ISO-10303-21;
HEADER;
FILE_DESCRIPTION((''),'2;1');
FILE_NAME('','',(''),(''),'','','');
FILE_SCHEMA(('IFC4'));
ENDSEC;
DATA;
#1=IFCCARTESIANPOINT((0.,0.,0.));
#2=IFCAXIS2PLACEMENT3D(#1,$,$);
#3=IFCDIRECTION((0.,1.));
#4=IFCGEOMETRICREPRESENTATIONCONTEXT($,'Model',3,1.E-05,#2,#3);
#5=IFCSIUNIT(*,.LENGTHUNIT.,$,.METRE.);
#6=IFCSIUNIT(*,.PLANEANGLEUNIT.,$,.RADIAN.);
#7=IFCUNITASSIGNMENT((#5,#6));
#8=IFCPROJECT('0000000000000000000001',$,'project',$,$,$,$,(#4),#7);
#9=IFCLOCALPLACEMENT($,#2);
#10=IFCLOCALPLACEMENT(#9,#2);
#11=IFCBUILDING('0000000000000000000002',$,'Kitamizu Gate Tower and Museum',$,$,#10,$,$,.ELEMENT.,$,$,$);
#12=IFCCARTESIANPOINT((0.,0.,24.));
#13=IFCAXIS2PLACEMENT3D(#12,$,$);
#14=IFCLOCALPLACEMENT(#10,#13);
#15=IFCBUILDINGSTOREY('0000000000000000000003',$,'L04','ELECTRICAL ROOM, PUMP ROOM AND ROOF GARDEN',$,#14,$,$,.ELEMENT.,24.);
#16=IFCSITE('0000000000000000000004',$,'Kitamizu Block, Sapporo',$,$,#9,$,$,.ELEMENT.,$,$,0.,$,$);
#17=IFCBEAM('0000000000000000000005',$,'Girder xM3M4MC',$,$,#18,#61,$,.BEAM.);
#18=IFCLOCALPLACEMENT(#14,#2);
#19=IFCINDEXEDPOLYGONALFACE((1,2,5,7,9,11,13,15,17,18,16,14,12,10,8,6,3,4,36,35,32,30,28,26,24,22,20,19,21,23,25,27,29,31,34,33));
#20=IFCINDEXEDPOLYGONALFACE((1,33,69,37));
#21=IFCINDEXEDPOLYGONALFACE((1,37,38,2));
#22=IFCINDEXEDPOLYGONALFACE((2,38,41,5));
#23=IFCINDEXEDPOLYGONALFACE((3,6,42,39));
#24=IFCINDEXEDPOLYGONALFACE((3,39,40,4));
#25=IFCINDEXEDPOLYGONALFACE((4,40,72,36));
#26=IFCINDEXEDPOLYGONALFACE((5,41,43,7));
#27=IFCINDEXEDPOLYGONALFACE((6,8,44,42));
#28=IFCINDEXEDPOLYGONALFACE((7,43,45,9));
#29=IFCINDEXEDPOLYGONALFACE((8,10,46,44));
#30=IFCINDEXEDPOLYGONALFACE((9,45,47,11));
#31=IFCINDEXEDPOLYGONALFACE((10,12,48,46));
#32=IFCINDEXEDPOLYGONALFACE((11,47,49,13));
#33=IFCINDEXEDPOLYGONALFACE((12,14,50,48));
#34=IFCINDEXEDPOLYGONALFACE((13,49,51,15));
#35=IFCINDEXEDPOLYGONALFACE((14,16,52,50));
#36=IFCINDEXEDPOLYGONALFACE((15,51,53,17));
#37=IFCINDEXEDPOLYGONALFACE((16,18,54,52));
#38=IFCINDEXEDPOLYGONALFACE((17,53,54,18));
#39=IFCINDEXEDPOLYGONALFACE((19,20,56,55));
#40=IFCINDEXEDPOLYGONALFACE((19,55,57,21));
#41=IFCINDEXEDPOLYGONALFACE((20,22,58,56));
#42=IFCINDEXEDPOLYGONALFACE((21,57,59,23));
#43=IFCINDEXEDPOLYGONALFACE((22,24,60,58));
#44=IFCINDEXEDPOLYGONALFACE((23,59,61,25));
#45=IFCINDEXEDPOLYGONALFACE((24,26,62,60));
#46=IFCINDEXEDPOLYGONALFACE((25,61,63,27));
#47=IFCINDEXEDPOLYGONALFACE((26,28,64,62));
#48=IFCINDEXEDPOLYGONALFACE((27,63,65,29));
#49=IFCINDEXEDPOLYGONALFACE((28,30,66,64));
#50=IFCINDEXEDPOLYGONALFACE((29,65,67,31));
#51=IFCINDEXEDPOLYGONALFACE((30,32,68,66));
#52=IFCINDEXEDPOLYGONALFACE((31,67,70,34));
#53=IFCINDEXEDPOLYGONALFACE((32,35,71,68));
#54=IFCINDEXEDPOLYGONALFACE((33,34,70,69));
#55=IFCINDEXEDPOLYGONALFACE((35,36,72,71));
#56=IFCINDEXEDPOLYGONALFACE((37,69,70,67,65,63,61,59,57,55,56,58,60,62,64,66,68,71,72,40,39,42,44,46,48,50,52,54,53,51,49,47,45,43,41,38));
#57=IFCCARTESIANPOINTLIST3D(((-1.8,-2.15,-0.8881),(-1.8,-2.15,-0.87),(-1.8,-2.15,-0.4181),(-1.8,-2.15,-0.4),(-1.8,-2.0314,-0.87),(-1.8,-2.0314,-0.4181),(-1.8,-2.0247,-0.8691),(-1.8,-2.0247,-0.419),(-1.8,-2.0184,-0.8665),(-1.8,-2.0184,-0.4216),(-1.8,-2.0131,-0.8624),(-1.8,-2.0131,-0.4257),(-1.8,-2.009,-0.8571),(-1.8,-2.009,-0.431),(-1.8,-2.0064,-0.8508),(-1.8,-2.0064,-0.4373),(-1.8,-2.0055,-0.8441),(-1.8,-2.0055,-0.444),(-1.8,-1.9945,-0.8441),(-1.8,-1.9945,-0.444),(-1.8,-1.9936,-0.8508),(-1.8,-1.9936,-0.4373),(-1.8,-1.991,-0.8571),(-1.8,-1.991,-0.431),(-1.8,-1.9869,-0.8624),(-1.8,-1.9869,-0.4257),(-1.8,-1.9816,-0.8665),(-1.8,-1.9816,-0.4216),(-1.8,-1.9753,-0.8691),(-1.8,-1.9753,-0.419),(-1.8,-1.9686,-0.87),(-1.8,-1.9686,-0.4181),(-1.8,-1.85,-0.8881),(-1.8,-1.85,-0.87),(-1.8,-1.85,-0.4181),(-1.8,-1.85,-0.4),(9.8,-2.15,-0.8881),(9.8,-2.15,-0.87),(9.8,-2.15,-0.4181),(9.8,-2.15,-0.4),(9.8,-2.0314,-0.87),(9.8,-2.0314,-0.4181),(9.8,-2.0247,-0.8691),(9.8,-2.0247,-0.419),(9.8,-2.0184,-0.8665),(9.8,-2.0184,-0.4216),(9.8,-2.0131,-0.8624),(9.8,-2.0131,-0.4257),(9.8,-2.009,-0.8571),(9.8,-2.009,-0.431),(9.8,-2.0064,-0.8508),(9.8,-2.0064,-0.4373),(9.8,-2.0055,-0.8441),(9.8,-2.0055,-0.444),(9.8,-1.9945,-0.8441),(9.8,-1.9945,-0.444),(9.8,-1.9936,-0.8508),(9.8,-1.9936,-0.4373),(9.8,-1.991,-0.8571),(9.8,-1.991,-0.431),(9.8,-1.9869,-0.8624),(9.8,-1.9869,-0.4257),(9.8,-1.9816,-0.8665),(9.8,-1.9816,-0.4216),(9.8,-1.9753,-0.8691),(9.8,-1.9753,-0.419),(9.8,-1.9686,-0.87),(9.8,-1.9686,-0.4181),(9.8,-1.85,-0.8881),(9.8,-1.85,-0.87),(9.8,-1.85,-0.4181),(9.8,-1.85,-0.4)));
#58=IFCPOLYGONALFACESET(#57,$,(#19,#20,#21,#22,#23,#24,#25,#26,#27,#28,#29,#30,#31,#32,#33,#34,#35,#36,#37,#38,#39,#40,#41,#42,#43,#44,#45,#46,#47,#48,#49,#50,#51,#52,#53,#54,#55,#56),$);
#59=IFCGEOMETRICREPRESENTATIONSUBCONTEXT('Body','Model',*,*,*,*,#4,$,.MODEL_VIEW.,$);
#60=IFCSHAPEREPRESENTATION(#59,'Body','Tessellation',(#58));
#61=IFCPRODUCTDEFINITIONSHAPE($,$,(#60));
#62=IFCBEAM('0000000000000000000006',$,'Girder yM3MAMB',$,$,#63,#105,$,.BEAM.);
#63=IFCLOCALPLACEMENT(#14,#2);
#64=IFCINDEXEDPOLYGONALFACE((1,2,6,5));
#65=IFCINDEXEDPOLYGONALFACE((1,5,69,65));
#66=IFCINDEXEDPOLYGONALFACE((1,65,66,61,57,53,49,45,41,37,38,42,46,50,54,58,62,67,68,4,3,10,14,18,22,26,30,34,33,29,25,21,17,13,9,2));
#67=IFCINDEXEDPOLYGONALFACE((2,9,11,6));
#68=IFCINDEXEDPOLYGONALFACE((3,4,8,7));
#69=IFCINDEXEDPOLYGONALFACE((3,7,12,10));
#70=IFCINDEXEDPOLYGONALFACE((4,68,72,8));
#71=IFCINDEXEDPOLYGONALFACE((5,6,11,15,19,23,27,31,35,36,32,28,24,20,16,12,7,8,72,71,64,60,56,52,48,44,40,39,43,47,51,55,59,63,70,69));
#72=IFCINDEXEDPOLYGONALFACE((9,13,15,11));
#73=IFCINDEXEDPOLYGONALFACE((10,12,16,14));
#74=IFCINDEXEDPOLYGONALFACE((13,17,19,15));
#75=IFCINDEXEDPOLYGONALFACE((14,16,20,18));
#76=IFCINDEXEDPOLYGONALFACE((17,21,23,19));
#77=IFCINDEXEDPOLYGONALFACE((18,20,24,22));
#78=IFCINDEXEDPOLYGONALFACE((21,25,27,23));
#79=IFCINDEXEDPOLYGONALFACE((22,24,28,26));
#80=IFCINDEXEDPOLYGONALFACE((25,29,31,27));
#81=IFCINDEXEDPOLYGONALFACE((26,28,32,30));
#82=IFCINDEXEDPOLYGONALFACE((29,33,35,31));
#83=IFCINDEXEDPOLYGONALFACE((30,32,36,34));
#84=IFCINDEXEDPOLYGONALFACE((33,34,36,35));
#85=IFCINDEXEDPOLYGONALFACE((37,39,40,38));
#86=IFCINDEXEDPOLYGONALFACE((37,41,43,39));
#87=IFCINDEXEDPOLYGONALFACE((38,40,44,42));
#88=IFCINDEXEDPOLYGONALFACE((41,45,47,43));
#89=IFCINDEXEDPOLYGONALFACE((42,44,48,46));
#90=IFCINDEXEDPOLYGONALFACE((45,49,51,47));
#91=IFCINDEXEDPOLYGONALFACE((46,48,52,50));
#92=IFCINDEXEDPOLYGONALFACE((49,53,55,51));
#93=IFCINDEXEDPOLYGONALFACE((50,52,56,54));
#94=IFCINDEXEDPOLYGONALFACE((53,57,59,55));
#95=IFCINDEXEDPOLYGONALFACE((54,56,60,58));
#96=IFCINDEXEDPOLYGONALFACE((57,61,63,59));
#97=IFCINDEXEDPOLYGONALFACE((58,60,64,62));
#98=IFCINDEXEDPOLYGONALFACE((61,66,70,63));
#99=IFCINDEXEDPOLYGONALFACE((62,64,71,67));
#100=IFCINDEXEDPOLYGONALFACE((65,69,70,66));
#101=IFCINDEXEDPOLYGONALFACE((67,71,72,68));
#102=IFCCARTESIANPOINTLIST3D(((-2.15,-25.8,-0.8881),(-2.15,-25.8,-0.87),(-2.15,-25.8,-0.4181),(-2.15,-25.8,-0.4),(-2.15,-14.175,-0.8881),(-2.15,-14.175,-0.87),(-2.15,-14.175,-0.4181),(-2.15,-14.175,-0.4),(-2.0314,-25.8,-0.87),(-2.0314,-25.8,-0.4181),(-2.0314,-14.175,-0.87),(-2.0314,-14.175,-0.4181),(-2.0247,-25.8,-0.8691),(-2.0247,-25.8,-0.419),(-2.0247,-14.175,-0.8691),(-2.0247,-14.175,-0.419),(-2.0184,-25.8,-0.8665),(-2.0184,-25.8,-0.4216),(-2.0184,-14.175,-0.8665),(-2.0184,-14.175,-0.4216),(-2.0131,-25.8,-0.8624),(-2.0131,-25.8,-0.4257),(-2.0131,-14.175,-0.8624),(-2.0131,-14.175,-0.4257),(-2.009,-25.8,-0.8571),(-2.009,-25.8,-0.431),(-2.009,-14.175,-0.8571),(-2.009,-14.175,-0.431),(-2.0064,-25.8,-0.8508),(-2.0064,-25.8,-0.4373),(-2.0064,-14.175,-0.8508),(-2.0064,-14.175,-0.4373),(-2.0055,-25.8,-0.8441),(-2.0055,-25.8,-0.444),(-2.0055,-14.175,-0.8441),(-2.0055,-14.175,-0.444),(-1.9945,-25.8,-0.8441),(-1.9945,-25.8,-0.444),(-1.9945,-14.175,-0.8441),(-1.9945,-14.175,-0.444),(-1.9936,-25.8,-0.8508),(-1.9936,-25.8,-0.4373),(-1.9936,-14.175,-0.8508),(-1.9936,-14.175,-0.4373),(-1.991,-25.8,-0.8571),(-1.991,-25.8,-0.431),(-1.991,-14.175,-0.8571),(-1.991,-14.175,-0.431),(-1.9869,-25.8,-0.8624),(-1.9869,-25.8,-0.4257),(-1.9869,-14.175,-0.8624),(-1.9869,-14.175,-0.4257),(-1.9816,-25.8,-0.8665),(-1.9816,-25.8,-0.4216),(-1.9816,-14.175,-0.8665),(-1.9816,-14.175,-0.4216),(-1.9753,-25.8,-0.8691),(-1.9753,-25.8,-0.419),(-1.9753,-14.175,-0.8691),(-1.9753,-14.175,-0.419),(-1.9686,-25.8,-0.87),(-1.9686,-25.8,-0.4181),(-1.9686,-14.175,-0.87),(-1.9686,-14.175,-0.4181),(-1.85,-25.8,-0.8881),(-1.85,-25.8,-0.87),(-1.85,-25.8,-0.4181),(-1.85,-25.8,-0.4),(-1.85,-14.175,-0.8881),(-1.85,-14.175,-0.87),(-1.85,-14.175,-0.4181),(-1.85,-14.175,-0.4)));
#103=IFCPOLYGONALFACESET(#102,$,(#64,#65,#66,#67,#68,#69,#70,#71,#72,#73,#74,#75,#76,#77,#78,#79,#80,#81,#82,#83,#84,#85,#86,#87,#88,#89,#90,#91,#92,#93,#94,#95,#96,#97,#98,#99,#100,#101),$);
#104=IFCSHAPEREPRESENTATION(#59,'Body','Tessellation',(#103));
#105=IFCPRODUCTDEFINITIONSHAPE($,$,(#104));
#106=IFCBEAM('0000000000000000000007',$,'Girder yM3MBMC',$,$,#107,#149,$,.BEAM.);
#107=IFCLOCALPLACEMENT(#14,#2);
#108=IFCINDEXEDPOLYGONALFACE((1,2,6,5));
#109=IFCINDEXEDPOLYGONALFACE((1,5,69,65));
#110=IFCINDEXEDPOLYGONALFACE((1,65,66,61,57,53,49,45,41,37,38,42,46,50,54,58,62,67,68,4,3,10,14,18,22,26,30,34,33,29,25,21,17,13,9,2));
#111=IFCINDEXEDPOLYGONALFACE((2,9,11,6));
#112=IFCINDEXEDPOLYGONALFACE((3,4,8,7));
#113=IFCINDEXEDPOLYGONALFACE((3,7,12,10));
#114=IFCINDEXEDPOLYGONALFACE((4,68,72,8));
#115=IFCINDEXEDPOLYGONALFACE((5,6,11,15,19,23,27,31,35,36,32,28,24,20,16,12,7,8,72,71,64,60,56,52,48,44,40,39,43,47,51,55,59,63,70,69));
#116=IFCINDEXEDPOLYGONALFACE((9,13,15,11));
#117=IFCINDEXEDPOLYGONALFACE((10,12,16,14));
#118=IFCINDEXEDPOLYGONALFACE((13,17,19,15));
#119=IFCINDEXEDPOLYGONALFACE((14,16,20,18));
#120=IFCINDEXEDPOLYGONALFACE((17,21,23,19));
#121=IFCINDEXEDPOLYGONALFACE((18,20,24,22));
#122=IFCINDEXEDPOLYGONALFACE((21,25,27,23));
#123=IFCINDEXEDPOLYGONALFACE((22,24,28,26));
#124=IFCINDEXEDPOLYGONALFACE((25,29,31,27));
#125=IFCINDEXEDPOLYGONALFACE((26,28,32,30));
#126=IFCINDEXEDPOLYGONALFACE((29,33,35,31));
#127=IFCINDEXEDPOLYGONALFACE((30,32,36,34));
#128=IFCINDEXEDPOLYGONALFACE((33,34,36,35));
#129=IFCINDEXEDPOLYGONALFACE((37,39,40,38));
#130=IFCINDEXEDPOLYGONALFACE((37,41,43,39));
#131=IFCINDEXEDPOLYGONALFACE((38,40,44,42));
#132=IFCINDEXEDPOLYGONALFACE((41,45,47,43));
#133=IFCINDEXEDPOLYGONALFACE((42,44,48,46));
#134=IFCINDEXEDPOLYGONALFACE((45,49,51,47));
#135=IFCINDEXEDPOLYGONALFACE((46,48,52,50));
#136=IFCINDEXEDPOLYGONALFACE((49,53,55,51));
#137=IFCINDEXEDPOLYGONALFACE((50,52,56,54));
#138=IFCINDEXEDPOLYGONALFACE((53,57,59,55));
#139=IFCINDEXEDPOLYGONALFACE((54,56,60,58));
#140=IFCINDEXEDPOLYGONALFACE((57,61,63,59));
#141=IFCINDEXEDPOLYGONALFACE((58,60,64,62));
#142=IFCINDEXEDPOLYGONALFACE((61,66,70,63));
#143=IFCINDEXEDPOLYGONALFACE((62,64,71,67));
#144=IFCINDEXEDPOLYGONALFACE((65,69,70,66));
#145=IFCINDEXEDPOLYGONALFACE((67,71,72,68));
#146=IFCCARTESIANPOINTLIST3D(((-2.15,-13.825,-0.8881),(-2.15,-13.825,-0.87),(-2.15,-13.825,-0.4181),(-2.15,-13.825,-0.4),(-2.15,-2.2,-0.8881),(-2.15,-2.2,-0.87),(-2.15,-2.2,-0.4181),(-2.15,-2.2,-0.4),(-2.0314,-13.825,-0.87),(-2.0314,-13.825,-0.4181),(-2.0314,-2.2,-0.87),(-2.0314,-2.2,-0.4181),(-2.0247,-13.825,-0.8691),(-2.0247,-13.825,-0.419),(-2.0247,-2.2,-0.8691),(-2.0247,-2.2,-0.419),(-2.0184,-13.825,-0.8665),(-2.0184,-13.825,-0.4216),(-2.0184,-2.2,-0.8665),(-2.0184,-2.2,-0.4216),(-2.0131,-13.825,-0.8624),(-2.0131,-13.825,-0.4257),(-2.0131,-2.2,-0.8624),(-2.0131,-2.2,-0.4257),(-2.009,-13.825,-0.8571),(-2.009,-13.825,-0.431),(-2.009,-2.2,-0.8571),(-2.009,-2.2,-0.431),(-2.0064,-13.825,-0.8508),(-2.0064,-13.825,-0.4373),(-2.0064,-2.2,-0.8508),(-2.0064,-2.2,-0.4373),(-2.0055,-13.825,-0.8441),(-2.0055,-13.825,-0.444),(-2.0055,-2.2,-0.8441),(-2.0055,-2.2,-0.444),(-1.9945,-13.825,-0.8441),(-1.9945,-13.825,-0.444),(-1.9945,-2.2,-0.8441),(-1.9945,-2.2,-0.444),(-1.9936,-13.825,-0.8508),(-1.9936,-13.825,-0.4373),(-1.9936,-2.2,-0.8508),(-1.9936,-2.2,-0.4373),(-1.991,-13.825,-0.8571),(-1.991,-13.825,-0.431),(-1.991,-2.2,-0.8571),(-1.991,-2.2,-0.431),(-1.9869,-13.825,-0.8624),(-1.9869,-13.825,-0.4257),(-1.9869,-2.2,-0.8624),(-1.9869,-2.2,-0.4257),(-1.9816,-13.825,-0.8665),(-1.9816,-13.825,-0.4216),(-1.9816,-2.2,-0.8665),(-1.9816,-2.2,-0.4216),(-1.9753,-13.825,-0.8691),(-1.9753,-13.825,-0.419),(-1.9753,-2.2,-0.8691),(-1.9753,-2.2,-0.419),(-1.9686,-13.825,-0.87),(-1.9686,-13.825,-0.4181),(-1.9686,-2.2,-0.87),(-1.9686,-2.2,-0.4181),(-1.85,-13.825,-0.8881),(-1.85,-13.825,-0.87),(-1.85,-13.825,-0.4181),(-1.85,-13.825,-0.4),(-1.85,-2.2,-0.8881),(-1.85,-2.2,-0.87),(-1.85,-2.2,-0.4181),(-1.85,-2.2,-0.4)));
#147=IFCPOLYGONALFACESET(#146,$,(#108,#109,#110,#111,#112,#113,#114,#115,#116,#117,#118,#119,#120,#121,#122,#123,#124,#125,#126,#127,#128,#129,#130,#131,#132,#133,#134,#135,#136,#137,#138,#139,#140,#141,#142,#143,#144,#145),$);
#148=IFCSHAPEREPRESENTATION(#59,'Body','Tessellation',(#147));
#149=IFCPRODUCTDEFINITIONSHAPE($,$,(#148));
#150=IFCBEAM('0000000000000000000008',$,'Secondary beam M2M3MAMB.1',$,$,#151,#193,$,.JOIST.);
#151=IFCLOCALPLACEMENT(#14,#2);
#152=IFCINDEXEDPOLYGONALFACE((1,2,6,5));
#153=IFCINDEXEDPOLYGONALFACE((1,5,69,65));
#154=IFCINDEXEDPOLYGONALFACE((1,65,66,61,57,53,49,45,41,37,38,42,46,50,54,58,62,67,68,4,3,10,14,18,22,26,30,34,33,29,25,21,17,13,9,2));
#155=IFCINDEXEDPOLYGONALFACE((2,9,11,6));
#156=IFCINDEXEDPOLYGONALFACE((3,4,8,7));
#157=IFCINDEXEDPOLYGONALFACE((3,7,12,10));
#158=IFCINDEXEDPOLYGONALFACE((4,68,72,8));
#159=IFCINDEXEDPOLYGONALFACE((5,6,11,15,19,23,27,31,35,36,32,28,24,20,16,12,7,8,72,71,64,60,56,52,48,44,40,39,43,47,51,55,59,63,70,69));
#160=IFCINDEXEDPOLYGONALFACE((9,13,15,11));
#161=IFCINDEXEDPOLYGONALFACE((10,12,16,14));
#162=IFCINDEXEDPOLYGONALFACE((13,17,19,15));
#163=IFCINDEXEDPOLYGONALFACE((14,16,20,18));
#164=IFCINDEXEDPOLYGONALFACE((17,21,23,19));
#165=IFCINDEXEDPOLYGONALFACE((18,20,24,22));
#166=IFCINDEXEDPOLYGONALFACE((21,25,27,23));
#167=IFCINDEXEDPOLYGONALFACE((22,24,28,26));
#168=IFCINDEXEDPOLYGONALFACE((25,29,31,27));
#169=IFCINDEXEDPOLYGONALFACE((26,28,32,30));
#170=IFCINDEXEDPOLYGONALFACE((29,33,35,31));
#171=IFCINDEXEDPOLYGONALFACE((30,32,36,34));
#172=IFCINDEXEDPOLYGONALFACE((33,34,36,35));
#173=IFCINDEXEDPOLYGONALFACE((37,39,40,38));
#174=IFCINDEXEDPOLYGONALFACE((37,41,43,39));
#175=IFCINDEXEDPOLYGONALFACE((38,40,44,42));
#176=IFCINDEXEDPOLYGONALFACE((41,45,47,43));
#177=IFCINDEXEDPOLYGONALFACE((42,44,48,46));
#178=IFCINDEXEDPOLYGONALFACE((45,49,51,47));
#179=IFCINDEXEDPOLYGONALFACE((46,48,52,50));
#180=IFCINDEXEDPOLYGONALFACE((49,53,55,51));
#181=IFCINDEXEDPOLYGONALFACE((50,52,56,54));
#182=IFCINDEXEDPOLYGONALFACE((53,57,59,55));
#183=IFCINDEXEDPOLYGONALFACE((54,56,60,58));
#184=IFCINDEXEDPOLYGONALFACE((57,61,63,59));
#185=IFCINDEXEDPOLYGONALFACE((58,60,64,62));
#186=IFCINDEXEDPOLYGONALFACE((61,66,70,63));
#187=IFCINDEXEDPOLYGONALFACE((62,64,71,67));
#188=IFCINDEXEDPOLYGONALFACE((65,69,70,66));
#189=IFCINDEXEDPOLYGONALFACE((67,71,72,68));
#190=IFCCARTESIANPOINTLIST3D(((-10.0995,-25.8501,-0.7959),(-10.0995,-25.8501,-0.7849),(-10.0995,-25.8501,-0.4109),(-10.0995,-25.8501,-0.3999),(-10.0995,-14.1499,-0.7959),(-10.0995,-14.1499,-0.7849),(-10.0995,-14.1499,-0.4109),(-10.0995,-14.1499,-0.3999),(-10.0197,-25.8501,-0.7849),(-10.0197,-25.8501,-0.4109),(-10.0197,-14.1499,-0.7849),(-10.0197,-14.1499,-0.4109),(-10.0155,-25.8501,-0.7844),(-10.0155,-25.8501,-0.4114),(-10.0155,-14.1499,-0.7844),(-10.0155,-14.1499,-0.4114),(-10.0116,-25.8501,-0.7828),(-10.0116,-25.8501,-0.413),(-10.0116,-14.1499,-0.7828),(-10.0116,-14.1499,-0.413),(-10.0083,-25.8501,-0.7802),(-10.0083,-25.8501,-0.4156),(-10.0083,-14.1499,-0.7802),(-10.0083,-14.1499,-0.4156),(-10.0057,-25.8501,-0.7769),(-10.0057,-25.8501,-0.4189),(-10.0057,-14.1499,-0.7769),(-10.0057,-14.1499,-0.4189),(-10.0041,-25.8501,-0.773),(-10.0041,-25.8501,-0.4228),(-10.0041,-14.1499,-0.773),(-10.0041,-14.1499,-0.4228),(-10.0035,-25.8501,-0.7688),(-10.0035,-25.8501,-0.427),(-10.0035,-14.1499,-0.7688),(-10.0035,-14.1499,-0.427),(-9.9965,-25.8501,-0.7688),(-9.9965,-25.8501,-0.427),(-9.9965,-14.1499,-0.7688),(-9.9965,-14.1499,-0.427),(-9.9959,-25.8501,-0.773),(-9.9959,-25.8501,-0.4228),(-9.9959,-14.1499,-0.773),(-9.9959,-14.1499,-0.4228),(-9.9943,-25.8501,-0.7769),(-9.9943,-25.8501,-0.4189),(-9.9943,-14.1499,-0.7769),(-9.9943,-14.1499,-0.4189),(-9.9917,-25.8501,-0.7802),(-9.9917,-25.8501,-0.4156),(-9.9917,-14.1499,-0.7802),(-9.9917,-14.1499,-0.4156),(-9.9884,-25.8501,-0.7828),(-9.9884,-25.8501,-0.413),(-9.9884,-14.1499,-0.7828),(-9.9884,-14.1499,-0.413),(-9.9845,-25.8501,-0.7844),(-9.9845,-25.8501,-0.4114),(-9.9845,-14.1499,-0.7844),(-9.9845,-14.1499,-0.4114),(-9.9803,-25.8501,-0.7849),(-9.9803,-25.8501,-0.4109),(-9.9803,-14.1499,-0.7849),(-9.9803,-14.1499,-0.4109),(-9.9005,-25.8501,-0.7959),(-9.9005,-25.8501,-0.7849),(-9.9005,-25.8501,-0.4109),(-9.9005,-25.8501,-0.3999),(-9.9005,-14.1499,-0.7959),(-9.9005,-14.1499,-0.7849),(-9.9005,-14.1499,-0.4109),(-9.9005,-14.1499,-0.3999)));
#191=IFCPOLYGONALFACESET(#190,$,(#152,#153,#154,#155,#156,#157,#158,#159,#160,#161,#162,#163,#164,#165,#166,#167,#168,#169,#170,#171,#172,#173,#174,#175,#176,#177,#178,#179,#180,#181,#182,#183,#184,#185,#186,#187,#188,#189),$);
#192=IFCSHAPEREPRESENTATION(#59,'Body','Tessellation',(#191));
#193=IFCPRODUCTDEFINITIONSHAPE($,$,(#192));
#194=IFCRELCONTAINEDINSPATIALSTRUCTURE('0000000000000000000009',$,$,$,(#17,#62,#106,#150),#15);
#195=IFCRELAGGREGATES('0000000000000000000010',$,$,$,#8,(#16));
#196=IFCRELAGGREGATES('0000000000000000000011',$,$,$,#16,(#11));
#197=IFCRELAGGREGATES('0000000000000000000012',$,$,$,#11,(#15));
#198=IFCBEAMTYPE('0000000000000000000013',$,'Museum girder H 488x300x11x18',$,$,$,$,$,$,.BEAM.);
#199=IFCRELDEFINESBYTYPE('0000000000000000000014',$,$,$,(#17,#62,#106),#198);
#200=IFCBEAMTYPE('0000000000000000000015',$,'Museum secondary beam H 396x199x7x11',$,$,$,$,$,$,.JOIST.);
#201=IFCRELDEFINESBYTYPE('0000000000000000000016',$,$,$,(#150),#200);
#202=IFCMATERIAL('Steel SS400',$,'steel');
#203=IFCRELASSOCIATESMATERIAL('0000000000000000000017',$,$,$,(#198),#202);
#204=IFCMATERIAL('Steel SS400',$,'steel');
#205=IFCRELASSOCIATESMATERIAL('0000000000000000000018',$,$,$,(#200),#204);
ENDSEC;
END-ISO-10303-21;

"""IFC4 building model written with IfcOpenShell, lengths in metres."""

from ifc_helpers import new_model, si_unit, direction, frame, origin, origin_2d, place, context, subcontext, project, spatial, i_section, extrude, material, material_profile, profile_set, type_object, element, save


model = new_model("IFC4")

# Units and contexts
model_context = context("Model", 3, precision=1e-05, world=origin(), true_north=direction((0.0, 1.0)))
body_context = subcontext(model_context, "Body", "Model", "MODEL_VIEW")
ifc_project = project(units=[si_unit("LENGTHUNIT", "METRE"), si_unit("PLANEANGLEUNIT", "RADIAN")], contexts=[model_context])

# Site, building, storey
site_placement = place(None, origin())
site = spatial("IfcSite", under=ifc_project, at=site_placement, Name="Kitamizu Block, Sapporo", CompositionType="ELEMENT", RefElevation=0.0)
building_placement = place(site_placement, origin())
building = spatial("IfcBuilding", under=site, at=building_placement, Name="Kitamizu Gate Tower and Museum", CompositionType="ELEMENT")
storey_placement = place(building_placement, frame((0.0, 0.0, 24.0)))
storey = spatial("IfcBuildingStorey", under=building, at=storey_placement, Name="L04", Description="ELECTRICAL ROOM, PUMP ROOM AND ROOF GARDEN", CompositionType="ELEMENT", Elevation=24.0)

# Beams
ifc_material_1 = material(Name="Steel SS400", Category="steel")
ifc_material_profile_1 = material_profile(ifc_material_1, i_section(OverallWidth=0.3, OverallDepth=0.488, WebThickness=0.011, FlangeThickness=0.0181, FilletRadius=0.0259, at=origin_2d()), Name="H-488x300x11x18")
ifc_profile_set_1 = profile_set([ifc_material_profile_1], Name="Steel SS400")
beam_type_1 = type_object("IfcBeamType", Name="Museum girder H 488x300x11x18", PredefinedType="BEAM", material=ifc_profile_set_1)
beam_1_placement = place(storey_placement, frame((-1.8, -2.0, -0.644), z_axis=(1.0, 0.0, 0.0), x_axis=(0.0, 1.0, 0.0)))
element("IfcBeam", 1, at=beam_1_placement, inside=storey, type_object=beam_type_1, Name="Girder xM3M4MC", PredefinedType="BEAM", context=body_context, shape_type="SweptSolid", body=[
    extrude(i_section(OverallWidth=0.3, OverallDepth=0.488, WebThickness=0.011, FlangeThickness=0.0181, FilletRadius=0.0259, at=origin_2d()), origin(), (0.0, 0.0, 1.0), 11.6001),
])
for number, where, z_axis, x_axis, name in (
    (2, (-2.0, -25.8, -0.644), (0.0, 1.0, 0.0), (-1.0, 0.0, 0.0), "Girder yM3MAMB"),
    (3, (-2.0, -13.825, -0.644), (0.0, 1.0, 0.0), (-1.0, 0.0, 0.0), "Girder yM3MBMC"),
):
    element("IfcBeam", number, at=place(storey_placement, frame(where, z_axis=z_axis, x_axis=x_axis)), inside=storey, type_object=beam_type_1, Name=name, PredefinedType="BEAM", context=body_context, shape_type="SweptSolid", body=[
        extrude(i_section(OverallWidth=0.3, OverallDepth=0.488, WebThickness=0.011, FlangeThickness=0.0181, FilletRadius=0.0259, at=origin_2d()), origin(), (0.0, 0.0, 1.0), 11.625),
    ])
ifc_material_2 = material(Name="Steel SS400", Category="steel")
ifc_material_profile_2 = material_profile(ifc_material_2, i_section(OverallWidth=0.199, OverallDepth=0.396, WebThickness=0.0071, FlangeThickness=0.011, FilletRadius=0.0161, at=origin_2d()), Name="H-396x199x7x11")
ifc_profile_set_2 = profile_set([ifc_material_profile_2], Name="Steel SS400")
beam_type_2 = type_object("IfcBeamType", Name="Museum secondary beam H 396x199x7x11", PredefinedType="JOIST", material=ifc_profile_set_2)
for number, where, z_axis, x_axis, name in (
    (4, (-10.0, -25.8501, -0.5979), (0.0, 1.0, 0.0), (-1.0, 0.0, 0.0), "Secondary beam M2M3MAMB.1"),
):
    element("IfcBeam", number, at=place(storey_placement, frame(where, z_axis=z_axis, x_axis=x_axis)), inside=storey, type_object=beam_type_2, Name=name, PredefinedType="JOIST", context=body_context, shape_type="SweptSolid", body=[
        extrude(i_section(OverallWidth=0.199, OverallDepth=0.396, WebThickness=0.0071, FlangeThickness=0.011, FilletRadius=0.0161, at=origin_2d()), origin(), (0.0, 0.0, 1.0), 11.7002),
    ])

save(model, "model.ifc")
